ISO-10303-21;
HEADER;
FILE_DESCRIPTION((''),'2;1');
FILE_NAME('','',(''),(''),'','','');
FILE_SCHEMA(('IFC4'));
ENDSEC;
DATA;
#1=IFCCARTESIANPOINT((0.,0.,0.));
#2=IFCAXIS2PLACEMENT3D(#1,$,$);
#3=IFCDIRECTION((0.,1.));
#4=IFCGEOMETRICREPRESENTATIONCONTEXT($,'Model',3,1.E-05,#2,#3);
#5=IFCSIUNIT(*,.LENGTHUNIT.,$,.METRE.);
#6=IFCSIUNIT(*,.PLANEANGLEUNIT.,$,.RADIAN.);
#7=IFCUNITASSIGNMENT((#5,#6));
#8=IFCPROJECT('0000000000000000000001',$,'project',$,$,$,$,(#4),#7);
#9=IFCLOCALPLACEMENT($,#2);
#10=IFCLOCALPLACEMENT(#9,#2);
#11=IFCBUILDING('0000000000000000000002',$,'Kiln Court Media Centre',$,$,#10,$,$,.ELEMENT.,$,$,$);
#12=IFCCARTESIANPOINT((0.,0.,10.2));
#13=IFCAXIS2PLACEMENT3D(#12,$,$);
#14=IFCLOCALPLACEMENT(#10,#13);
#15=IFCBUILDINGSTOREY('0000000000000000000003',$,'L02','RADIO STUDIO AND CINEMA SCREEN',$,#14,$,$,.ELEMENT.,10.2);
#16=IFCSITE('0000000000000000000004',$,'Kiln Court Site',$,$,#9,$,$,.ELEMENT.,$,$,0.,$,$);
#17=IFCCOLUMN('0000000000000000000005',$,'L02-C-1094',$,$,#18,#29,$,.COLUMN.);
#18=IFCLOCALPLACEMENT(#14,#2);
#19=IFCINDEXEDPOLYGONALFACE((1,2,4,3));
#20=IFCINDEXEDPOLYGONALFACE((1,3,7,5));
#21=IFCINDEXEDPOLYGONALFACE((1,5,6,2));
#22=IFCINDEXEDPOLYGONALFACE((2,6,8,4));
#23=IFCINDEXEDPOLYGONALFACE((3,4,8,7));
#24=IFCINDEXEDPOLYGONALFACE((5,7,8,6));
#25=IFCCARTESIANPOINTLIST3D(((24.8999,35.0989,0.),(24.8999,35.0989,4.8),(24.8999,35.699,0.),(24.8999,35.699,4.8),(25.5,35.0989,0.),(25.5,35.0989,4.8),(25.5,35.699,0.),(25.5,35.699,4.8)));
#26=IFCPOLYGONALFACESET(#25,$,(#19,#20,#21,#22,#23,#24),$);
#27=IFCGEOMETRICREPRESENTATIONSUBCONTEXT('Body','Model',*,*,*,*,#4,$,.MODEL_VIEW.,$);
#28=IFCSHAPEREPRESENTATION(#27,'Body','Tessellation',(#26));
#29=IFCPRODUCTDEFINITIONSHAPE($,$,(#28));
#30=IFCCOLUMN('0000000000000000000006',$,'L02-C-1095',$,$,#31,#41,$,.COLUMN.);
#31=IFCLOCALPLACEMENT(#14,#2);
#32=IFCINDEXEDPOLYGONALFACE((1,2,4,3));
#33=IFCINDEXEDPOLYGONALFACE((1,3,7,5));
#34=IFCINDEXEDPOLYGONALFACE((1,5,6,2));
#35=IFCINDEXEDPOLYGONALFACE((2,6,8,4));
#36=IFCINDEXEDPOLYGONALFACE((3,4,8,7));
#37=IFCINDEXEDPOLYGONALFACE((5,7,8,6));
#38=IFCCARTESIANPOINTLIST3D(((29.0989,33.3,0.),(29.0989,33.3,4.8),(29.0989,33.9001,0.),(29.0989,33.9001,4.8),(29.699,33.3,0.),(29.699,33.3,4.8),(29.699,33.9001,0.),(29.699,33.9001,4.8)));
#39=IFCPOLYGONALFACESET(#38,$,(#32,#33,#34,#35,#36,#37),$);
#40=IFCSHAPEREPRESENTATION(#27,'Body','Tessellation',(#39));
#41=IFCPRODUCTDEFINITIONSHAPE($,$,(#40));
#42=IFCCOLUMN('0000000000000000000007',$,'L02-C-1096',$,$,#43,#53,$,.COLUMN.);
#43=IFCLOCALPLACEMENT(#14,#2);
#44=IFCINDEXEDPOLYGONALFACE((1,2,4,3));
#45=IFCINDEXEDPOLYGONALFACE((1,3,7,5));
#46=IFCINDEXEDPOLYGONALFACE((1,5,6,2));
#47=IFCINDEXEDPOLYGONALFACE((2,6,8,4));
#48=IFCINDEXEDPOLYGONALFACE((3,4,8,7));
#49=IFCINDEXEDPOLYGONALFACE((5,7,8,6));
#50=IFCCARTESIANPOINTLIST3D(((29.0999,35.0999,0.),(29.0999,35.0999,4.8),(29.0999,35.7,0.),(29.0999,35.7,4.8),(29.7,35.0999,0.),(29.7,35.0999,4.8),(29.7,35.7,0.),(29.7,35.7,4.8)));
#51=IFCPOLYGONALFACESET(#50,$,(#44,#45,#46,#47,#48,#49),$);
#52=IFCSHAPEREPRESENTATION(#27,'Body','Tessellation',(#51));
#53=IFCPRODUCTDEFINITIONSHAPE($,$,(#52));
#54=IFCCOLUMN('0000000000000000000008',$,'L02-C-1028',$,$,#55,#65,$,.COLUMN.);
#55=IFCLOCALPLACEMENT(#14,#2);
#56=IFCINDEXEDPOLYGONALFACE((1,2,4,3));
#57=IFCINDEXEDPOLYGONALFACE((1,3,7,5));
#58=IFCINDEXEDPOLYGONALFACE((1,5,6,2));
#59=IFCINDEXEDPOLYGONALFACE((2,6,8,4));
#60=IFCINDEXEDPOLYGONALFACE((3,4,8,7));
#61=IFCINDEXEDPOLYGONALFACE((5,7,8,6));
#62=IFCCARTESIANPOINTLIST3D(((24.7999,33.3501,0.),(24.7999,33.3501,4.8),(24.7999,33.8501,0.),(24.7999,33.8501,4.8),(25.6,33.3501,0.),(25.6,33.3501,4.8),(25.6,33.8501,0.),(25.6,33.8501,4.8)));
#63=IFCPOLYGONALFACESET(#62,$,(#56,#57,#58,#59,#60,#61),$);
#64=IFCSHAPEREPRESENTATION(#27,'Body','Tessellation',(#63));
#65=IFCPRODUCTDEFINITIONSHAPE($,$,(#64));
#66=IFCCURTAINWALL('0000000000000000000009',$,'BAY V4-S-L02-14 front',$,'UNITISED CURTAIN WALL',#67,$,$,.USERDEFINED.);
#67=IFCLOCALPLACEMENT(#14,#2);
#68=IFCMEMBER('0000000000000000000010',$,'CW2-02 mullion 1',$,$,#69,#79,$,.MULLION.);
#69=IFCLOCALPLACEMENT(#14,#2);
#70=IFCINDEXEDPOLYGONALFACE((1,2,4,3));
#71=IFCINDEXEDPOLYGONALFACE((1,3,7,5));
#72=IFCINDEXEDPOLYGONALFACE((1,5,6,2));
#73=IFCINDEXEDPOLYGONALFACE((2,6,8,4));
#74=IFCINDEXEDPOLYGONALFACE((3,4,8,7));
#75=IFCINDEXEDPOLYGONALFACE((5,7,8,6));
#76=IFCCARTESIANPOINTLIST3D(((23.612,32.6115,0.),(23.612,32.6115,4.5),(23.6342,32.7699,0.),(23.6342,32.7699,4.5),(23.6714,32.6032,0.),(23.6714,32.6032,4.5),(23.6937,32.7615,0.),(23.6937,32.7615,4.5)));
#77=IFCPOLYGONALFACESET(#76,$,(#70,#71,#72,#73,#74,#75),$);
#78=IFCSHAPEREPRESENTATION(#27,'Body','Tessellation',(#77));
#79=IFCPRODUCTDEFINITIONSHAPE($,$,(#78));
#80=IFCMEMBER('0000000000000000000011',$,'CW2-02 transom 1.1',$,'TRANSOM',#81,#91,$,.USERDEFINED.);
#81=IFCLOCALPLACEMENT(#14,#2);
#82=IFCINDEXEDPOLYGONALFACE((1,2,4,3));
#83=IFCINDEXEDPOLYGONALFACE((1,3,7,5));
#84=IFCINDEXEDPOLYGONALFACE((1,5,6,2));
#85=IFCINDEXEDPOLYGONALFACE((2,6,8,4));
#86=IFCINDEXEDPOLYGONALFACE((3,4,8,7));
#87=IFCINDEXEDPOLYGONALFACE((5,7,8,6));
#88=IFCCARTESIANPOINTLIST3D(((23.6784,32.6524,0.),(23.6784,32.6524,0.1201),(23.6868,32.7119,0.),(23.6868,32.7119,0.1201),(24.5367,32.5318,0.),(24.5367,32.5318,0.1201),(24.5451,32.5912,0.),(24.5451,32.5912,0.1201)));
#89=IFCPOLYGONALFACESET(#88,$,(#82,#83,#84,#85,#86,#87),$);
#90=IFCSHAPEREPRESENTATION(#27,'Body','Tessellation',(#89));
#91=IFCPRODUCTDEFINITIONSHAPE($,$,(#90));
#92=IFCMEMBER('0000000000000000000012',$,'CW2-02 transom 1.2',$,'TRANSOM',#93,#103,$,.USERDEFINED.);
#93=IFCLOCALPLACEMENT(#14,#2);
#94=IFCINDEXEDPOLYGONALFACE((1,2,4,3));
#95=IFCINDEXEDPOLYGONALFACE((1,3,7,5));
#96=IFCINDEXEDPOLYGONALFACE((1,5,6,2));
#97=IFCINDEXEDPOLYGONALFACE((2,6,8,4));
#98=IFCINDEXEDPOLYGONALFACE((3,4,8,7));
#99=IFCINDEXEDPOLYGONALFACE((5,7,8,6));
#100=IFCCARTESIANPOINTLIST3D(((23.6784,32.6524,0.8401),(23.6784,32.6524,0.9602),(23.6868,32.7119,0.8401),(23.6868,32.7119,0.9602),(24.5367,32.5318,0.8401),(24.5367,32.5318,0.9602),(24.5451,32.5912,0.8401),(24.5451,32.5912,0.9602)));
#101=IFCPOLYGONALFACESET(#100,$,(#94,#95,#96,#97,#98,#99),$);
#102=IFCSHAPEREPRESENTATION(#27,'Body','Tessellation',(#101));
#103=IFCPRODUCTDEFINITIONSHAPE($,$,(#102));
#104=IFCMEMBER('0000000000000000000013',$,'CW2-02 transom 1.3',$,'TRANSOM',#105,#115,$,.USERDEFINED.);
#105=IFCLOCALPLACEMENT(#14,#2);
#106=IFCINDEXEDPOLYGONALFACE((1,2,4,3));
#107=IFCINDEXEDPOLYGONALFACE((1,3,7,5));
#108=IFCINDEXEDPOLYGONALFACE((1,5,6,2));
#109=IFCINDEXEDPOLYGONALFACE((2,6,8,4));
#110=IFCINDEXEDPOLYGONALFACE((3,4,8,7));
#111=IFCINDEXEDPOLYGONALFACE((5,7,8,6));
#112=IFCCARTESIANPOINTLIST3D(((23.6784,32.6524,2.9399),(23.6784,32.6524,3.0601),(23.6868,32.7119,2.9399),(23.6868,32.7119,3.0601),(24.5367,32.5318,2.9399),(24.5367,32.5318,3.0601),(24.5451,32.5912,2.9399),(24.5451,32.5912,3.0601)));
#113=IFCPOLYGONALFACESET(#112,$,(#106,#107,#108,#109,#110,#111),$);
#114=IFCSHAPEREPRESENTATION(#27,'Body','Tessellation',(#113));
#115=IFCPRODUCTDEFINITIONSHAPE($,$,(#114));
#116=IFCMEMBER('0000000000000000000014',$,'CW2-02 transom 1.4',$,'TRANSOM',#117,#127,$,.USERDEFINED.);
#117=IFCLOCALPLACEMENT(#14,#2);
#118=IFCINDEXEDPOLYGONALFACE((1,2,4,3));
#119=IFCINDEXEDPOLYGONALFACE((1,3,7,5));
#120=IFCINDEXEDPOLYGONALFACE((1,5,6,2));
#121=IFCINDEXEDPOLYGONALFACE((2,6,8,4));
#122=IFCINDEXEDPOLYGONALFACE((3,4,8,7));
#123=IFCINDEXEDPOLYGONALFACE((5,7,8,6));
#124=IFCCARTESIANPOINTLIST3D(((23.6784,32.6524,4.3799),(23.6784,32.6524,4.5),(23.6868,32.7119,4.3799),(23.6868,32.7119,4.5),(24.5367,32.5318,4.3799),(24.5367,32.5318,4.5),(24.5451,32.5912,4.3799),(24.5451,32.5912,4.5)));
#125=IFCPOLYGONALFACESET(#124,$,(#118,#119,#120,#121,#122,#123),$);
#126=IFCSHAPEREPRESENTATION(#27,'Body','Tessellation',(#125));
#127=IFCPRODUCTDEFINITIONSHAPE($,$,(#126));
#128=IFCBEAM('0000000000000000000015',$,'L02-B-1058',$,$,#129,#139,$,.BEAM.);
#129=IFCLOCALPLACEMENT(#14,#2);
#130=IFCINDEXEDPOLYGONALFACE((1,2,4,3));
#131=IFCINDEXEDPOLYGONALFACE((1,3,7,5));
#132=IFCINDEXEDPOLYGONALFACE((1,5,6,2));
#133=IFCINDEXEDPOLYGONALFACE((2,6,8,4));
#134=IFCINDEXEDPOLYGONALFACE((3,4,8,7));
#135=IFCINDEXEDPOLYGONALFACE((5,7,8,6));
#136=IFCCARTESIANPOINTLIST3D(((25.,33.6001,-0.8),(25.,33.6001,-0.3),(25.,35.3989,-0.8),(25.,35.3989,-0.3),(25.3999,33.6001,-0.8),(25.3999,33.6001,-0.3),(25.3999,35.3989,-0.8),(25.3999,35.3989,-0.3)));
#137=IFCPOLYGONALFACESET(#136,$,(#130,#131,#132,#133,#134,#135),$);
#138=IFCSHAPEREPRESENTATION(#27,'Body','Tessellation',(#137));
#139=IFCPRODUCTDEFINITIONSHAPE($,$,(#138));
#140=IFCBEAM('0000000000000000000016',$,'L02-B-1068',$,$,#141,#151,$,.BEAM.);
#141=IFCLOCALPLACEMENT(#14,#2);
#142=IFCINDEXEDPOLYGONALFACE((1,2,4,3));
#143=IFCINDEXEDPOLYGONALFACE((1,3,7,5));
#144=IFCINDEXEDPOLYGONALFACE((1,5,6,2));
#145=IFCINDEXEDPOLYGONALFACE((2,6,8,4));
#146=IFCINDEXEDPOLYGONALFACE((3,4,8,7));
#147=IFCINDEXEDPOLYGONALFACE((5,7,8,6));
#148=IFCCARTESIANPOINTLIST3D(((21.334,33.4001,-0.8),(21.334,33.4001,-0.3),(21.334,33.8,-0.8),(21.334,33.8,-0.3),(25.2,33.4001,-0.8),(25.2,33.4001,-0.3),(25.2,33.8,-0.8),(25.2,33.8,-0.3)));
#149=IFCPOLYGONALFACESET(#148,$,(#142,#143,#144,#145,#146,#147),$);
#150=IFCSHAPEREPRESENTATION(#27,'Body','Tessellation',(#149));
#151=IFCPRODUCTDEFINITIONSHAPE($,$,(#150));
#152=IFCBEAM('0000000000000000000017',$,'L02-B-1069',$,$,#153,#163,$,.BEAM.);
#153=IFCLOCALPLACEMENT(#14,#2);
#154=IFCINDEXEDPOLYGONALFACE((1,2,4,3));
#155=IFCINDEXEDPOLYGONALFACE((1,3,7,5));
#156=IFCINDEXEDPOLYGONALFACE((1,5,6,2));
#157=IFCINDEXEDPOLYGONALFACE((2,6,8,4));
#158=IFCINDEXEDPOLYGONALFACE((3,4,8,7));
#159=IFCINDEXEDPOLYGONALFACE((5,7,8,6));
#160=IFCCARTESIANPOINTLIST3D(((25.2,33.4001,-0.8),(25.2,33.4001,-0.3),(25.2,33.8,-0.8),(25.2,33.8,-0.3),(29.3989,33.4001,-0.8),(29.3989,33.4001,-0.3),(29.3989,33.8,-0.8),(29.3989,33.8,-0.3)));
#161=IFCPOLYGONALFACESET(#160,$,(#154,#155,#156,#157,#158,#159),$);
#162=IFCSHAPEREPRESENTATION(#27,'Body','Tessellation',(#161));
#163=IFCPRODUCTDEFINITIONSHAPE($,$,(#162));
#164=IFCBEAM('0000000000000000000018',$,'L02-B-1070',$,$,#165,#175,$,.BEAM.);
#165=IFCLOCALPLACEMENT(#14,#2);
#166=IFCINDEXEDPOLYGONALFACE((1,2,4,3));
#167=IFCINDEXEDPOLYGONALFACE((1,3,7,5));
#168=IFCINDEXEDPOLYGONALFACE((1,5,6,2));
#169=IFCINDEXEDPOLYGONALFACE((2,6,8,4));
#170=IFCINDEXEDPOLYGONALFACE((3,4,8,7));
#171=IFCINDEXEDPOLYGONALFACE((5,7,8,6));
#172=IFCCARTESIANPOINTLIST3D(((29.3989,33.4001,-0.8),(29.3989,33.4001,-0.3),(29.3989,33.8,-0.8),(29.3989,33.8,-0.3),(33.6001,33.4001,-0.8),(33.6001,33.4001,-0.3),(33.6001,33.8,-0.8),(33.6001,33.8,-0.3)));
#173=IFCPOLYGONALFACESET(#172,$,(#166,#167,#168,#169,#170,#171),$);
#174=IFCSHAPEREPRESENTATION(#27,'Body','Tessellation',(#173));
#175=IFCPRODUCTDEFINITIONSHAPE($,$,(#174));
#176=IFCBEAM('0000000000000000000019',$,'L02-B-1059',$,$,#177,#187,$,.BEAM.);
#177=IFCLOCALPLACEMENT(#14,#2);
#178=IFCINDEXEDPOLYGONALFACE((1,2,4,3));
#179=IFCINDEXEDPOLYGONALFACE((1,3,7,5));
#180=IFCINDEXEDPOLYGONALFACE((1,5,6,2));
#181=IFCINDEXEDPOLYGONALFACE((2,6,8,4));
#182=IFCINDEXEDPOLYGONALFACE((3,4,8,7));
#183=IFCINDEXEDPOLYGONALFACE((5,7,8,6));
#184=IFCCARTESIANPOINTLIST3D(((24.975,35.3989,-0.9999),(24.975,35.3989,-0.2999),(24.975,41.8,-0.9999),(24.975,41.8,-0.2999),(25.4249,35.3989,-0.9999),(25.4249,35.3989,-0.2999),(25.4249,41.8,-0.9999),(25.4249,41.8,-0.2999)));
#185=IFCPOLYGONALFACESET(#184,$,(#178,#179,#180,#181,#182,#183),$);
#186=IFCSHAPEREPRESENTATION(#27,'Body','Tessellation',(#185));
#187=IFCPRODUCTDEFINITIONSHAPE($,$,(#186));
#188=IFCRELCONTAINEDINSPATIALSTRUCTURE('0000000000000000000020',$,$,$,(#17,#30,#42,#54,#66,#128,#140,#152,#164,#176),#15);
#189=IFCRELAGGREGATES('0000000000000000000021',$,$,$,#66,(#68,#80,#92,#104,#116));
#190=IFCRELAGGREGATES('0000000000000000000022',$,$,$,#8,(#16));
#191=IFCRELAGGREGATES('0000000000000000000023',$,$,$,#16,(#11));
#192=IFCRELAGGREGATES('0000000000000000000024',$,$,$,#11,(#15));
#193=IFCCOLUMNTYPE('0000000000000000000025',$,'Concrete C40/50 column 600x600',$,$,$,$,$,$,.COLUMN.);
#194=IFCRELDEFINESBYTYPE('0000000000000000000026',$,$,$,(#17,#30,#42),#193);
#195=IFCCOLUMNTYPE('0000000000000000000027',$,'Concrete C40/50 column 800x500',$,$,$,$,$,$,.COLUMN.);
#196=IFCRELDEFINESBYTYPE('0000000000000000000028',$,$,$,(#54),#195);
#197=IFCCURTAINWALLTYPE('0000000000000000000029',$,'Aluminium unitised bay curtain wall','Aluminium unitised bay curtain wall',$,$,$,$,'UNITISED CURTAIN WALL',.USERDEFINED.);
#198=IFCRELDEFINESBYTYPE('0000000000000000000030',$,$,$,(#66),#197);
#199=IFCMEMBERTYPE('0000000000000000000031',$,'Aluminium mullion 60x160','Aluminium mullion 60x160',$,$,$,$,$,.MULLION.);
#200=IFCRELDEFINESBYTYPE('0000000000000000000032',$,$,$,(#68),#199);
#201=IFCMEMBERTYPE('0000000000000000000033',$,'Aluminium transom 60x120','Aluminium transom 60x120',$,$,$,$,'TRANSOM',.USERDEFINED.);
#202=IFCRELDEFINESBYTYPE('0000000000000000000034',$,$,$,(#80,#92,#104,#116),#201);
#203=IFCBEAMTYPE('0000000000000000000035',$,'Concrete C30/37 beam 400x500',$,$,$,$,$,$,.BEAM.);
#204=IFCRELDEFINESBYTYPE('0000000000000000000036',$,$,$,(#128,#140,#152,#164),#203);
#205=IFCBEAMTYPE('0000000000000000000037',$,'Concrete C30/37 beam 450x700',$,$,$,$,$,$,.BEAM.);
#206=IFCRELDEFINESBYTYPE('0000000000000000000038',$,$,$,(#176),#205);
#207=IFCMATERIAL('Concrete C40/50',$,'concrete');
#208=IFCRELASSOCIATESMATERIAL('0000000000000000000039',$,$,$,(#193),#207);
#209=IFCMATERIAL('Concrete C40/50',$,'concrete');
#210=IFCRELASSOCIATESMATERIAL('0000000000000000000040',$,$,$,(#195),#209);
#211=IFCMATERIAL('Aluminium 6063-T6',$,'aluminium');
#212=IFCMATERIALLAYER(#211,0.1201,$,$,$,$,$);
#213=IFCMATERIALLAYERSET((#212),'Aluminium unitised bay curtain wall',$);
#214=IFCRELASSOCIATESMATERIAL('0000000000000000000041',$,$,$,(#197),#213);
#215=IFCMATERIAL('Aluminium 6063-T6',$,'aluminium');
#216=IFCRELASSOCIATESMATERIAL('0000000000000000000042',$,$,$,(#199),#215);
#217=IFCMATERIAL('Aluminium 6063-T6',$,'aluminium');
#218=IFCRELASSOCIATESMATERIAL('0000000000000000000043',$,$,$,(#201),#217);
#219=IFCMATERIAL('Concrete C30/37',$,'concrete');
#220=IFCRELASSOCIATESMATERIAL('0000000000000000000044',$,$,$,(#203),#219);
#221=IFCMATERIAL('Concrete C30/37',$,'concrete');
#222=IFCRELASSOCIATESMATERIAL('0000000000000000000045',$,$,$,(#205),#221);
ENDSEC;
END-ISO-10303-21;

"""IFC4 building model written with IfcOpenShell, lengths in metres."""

from ifc_helpers import new_model, si_unit, direction, frame, origin, origin_2d, place, context, subcontext, project, spatial, rectangle, extrude, material, layer, layer_set, material_profile, profile_set, type_object, element, aggregate, save


model = new_model("IFC4")

# Units and contexts
model_context = context("Model", 3, precision=1e-05, world=origin(), true_north=direction((0.0, 1.0)))
body_context = subcontext(model_context, "Body", "Model", "MODEL_VIEW")
ifc_project = project(units=[si_unit("LENGTHUNIT", "METRE"), si_unit("PLANEANGLEUNIT", "RADIAN")], contexts=[model_context])

# Site, building, storey
site_placement = place(None, origin())
site = spatial("IfcSite", under=ifc_project, at=site_placement, Name="Kiln Court Site", CompositionType="ELEMENT", RefElevation=0.0)
building_placement = place(site_placement, origin())
building = spatial("IfcBuilding", under=site, at=building_placement, Name="Kiln Court Media Centre", CompositionType="ELEMENT")
storey_placement = place(building_placement, frame((0.0, 0.0, 10.2)))
storey = spatial("IfcBuildingStorey", under=building, at=storey_placement, Name="L02", Description="RADIO STUDIO AND CINEMA SCREEN", CompositionType="ELEMENT", Elevation=10.2)

# Columns
ifc_material_1 = material(Name="Concrete C40/50", Category="concrete")
ifc_material_profile_1 = material_profile(ifc_material_1, rectangle(XDim=0.6001, YDim=0.6001, at=origin_2d()), Name="RC 600x600")
ifc_profile_set_1 = profile_set([ifc_material_profile_1], Name="Concrete C40/50")
column_type_1 = type_object("IfcColumnType", Name="Concrete C40/50 column 600x600", PredefinedType="COLUMN", material=ifc_profile_set_1)
for number, where, z_axis, x_axis, name in (
    (1, (25.2, 35.3989, 0.0), (0.0, 0.0, 1.0), (1.0, 0.0, 0.0), "L02-C-1094"),
    (2, (29.3989, 33.6001, 0.0), (0.0, 0.0, 1.0), (1.0, 0.0, 0.0), "L02-C-1095"),
    (3, (29.3999, 35.3999, 0.0), (0.0, 0.0, 1.0), (1.0, 0.0, 0.0), "L02-C-1096"),
):
    element("IfcColumn", number, at=place(storey_placement, frame(where, z_axis=z_axis, x_axis=x_axis)), inside=storey, type_object=column_type_1, Name=name, PredefinedType="COLUMN", context=body_context, shape_type="SweptSolid", body=[
        extrude(rectangle(XDim=0.6001, YDim=0.6001, at=origin_2d()), origin(), (0.0, 0.0, 1.0), 4.8),
    ])
ifc_material_2 = material(Name="Concrete C40/50", Category="concrete")
ifc_material_profile_2 = material_profile(ifc_material_2, rectangle(XDim=0.8, YDim=0.5, at=origin_2d()), Name="RC 800x500")
ifc_profile_set_2 = profile_set([ifc_material_profile_2], Name="Concrete C40/50")
column_type_2 = type_object("IfcColumnType", Name="Concrete C40/50 column 800x500", PredefinedType="COLUMN", material=ifc_profile_set_2)
column_placement = place(storey_placement, frame((25.2, 33.6001, 0.0), z_axis=(0.0, 0.0, 1.0), x_axis=(1.0, 0.0, 0.0)))
element("IfcColumn", 4, at=column_placement, inside=storey, type_object=column_type_2, Name="L02-C-1028", PredefinedType="COLUMN", context=body_context, shape_type="SweptSolid", body=[
    extrude(rectangle(XDim=0.8, YDim=0.5, at=origin_2d()), origin(), (0.0, 0.0, 1.0), 4.8),
])

# Curtain wall, members
ifc_material_3 = material(Name="Aluminium 6063-T6", Category="aluminium")
ifc_layer_1 = layer(ifc_material_3, 0.1201)
ifc_layer_set_1 = layer_set([ifc_layer_1], Name="Aluminium unitised bay curtain wall")
curtain_wall_type_1 = type_object("IfcCurtainWallType", Name="Aluminium unitised bay curtain wall", Description="Aluminium unitised bay curtain wall", ElementType="UNITISED CURTAIN WALL", PredefinedType="USERDEFINED", material=ifc_layer_set_1)
curtain_wall_1_placement = place(storey_placement, origin())
curtain_wall_1 = element("IfcCurtainWall", 5, at=curtain_wall_1_placement, inside=storey, type_object=curtain_wall_type_1, Name="BAY V4-S-L02-14 front", ObjectType="UNITISED CURTAIN WALL", PredefinedType="USERDEFINED")
ifc_material_4 = material(Name="Aluminium 6063-T6", Category="aluminium")
ifc_material_profile_3 = material_profile(ifc_material_4, rectangle(XDim=0.0601, YDim=0.1599, at=origin_2d()), Name="Aluminium mullion 60x160")
ifc_profile_set_3 = profile_set([ifc_material_profile_3], Name="Aluminium 6063-T6")
member_type_1 = type_object("IfcMemberType", Name="Aluminium mullion 60x160", Description="Aluminium mullion 60x160", PredefinedType="MULLION", material=ifc_profile_set_3)
member_1_placement = place(storey_placement, frame((23.6528, 32.6865, 0.0), z_axis=(0.0, 0.0, 1.0), x_axis=(0.99027, -0.139162, 0.0)))
member_1 = element("IfcMember", 6, at=member_1_placement, type_object=member_type_1, Name="CW2-02 mullion 1", PredefinedType="MULLION", context=body_context, shape_type="SweptSolid", body=[
    extrude(rectangle(XDim=0.0601, YDim=0.1599, at=origin_2d()), origin(), (0.0, 0.0, 1.0), 4.5),
])
ifc_material_5 = material(Name="Aluminium 6063-T6", Category="aluminium")
ifc_material_profile_4 = material_profile(ifc_material_5, rectangle(XDim=0.0601, YDim=0.1201, at=origin_2d()), Name="Aluminium transom 60x120")
ifc_profile_set_4 = profile_set([ifc_material_profile_4], Name="Aluminium 6063-T6")
member_type_2 = type_object("IfcMemberType", Name="Aluminium transom 60x120", Description="Aluminium transom 60x120", ElementType="TRANSOM", PredefinedType="USERDEFINED", material=ifc_profile_set_4)
member_2_placement = place(storey_placement, frame((23.6826, 32.6821, 0.0601), z_axis=(0.990268, -0.139173, 0.0), x_axis=(0.139173, 0.990268, 0.0)))
member_2 = element("IfcMember", 7, at=member_2_placement, type_object=member_type_2, Name="CW2-02 transom 1.1", ObjectType="TRANSOM", PredefinedType="USERDEFINED", context=body_context, shape_type="SweptSolid", body=[
    extrude(rectangle(XDim=0.0601, YDim=0.1201, at=origin_2d()), origin(), (0.0, 0.0, 1.0), 0.8667),
])
member_3_placement = place(storey_placement, frame((23.6826, 32.6821, 0.9001), z_axis=(0.990268, -0.139173, 0.0), x_axis=(0.139173, 0.990268, 0.0)))
member_3 = element("IfcMember", 8, at=member_3_placement, type_object=member_type_2, Name="CW2-02 transom 1.2", ObjectType="TRANSOM", PredefinedType="USERDEFINED", context=body_context, shape_type="SweptSolid", body=[
    extrude(rectangle(XDim=0.0601, YDim=0.1201, at=origin_2d()), origin(), (0.0, 0.0, 1.0), 0.8667),
])
member_4_placement = place(storey_placement, frame((23.6826, 32.6821, 3.0), z_axis=(0.990268, -0.139173, 0.0), x_axis=(0.139173, 0.990268, 0.0)))
member_4 = element("IfcMember", 9, at=member_4_placement, type_object=member_type_2, Name="CW2-02 transom 1.3", ObjectType="TRANSOM", PredefinedType="USERDEFINED", context=body_context, shape_type="SweptSolid", body=[
    extrude(rectangle(XDim=0.0601, YDim=0.1201, at=origin_2d()), origin(), (0.0, 0.0, 1.0), 0.8667),
])
member_5_placement = place(storey_placement, frame((23.6826, 32.6821, 4.4399), z_axis=(0.990268, -0.139173, 0.0), x_axis=(0.139173, 0.990268, 0.0)))
member_5 = element("IfcMember", 10, at=member_5_placement, type_object=member_type_2, Name="CW2-02 transom 1.4", ObjectType="TRANSOM", PredefinedType="USERDEFINED", context=body_context, shape_type="SweptSolid", body=[
    extrude(rectangle(XDim=0.0601, YDim=0.1201, at=origin_2d()), origin(), (0.0, 0.0, 1.0), 0.8667),
])

# Beams
ifc_material_6 = material(Name="Concrete C30/37", Category="concrete")
ifc_material_profile_5 = material_profile(ifc_material_6, rectangle(XDim=0.3999, YDim=0.5, at=origin_2d()), Name="RC 400x500")
ifc_profile_set_5 = profile_set([ifc_material_profile_5], Name="Concrete C30/37")
beam_type_1 = type_object("IfcBeamType", Name="Concrete C30/37 beam 400x500", PredefinedType="BEAM", material=ifc_profile_set_5)
beam_1_placement = place(storey_placement, frame((25.2, 33.6001, -0.55), z_axis=(0.0, 1.0, 0.0), x_axis=(-1.0, 0.0, 0.0)))
element("IfcBeam", 11, at=beam_1_placement, inside=storey, type_object=beam_type_1, Name="L02-B-1058", PredefinedType="BEAM", context=body_context, shape_type="SweptSolid", body=[
    extrude(rectangle(XDim=0.3999, YDim=0.5, at=origin_2d()), origin(), (0.0, 0.0, 1.0), 1.7988),
])
beam_2_placement = place(storey_placement, frame((21.334, 33.6001, -0.55), z_axis=(1.0, 0.0, 0.0), x_axis=(0.0, 1.0, 0.0)))
element("IfcBeam", 12, at=beam_2_placement, inside=storey, type_object=beam_type_1, Name="L02-B-1068", PredefinedType="BEAM", context=body_context, shape_type="SweptSolid", body=[
    extrude(rectangle(XDim=0.3999, YDim=0.5, at=origin_2d()), origin(), (0.0, 0.0, 1.0), 3.866),
])
beam_3_placement = place(storey_placement, frame((25.2, 33.6001, -0.55), z_axis=(1.0, 0.0, 0.0), x_axis=(0.0, 1.0, 0.0)))
element("IfcBeam", 13, at=beam_3_placement, inside=storey, type_object=beam_type_1, Name="L02-B-1069", PredefinedType="BEAM", context=body_context, shape_type="SweptSolid", body=[
    extrude(rectangle(XDim=0.3999, YDim=0.5, at=origin_2d()), origin(), (0.0, 0.0, 1.0), 4.199),
])
beam_4_placement = place(storey_placement, frame((29.3989, 33.6001, -0.55), z_axis=(1.0, 0.0, 0.0), x_axis=(0.0, 1.0, 0.0)))
element("IfcBeam", 14, at=beam_4_placement, inside=storey, type_object=beam_type_1, Name="L02-B-1070", PredefinedType="BEAM", context=body_context, shape_type="SweptSolid", body=[
    extrude(rectangle(XDim=0.3999, YDim=0.5, at=origin_2d()), origin(), (0.0, 0.0, 1.0), 4.2012),
])
ifc_material_7 = material(Name="Concrete C30/37", Category="concrete")
ifc_material_profile_6 = material_profile(ifc_material_7, rectangle(XDim=0.45, YDim=0.7, at=origin_2d()), Name="RC 450x700")
ifc_profile_set_6 = profile_set([ifc_material_profile_6], Name="Concrete C30/37")
beam_type_2 = type_object("IfcBeamType", Name="Concrete C30/37 beam 450x700", PredefinedType="BEAM", material=ifc_profile_set_6)
beam_5_placement = place(storey_placement, frame((25.2, 35.3989, -0.6499), z_axis=(0.0, 1.0, 0.0), x_axis=(-1.0, 0.0, 0.0)))
element("IfcBeam", 15, at=beam_5_placement, inside=storey, type_object=beam_type_2, Name="L02-B-1059", PredefinedType="BEAM", context=body_context, shape_type="SweptSolid", body=[
    extrude(rectangle(XDim=0.45, YDim=0.7, at=origin_2d()), origin(), (0.0, 0.0, 1.0), 6.4011),
])

aggregate(curtain_wall_1, [member_1, member_2, member_3, member_4, member_5])

save(model, "model.ifc")
